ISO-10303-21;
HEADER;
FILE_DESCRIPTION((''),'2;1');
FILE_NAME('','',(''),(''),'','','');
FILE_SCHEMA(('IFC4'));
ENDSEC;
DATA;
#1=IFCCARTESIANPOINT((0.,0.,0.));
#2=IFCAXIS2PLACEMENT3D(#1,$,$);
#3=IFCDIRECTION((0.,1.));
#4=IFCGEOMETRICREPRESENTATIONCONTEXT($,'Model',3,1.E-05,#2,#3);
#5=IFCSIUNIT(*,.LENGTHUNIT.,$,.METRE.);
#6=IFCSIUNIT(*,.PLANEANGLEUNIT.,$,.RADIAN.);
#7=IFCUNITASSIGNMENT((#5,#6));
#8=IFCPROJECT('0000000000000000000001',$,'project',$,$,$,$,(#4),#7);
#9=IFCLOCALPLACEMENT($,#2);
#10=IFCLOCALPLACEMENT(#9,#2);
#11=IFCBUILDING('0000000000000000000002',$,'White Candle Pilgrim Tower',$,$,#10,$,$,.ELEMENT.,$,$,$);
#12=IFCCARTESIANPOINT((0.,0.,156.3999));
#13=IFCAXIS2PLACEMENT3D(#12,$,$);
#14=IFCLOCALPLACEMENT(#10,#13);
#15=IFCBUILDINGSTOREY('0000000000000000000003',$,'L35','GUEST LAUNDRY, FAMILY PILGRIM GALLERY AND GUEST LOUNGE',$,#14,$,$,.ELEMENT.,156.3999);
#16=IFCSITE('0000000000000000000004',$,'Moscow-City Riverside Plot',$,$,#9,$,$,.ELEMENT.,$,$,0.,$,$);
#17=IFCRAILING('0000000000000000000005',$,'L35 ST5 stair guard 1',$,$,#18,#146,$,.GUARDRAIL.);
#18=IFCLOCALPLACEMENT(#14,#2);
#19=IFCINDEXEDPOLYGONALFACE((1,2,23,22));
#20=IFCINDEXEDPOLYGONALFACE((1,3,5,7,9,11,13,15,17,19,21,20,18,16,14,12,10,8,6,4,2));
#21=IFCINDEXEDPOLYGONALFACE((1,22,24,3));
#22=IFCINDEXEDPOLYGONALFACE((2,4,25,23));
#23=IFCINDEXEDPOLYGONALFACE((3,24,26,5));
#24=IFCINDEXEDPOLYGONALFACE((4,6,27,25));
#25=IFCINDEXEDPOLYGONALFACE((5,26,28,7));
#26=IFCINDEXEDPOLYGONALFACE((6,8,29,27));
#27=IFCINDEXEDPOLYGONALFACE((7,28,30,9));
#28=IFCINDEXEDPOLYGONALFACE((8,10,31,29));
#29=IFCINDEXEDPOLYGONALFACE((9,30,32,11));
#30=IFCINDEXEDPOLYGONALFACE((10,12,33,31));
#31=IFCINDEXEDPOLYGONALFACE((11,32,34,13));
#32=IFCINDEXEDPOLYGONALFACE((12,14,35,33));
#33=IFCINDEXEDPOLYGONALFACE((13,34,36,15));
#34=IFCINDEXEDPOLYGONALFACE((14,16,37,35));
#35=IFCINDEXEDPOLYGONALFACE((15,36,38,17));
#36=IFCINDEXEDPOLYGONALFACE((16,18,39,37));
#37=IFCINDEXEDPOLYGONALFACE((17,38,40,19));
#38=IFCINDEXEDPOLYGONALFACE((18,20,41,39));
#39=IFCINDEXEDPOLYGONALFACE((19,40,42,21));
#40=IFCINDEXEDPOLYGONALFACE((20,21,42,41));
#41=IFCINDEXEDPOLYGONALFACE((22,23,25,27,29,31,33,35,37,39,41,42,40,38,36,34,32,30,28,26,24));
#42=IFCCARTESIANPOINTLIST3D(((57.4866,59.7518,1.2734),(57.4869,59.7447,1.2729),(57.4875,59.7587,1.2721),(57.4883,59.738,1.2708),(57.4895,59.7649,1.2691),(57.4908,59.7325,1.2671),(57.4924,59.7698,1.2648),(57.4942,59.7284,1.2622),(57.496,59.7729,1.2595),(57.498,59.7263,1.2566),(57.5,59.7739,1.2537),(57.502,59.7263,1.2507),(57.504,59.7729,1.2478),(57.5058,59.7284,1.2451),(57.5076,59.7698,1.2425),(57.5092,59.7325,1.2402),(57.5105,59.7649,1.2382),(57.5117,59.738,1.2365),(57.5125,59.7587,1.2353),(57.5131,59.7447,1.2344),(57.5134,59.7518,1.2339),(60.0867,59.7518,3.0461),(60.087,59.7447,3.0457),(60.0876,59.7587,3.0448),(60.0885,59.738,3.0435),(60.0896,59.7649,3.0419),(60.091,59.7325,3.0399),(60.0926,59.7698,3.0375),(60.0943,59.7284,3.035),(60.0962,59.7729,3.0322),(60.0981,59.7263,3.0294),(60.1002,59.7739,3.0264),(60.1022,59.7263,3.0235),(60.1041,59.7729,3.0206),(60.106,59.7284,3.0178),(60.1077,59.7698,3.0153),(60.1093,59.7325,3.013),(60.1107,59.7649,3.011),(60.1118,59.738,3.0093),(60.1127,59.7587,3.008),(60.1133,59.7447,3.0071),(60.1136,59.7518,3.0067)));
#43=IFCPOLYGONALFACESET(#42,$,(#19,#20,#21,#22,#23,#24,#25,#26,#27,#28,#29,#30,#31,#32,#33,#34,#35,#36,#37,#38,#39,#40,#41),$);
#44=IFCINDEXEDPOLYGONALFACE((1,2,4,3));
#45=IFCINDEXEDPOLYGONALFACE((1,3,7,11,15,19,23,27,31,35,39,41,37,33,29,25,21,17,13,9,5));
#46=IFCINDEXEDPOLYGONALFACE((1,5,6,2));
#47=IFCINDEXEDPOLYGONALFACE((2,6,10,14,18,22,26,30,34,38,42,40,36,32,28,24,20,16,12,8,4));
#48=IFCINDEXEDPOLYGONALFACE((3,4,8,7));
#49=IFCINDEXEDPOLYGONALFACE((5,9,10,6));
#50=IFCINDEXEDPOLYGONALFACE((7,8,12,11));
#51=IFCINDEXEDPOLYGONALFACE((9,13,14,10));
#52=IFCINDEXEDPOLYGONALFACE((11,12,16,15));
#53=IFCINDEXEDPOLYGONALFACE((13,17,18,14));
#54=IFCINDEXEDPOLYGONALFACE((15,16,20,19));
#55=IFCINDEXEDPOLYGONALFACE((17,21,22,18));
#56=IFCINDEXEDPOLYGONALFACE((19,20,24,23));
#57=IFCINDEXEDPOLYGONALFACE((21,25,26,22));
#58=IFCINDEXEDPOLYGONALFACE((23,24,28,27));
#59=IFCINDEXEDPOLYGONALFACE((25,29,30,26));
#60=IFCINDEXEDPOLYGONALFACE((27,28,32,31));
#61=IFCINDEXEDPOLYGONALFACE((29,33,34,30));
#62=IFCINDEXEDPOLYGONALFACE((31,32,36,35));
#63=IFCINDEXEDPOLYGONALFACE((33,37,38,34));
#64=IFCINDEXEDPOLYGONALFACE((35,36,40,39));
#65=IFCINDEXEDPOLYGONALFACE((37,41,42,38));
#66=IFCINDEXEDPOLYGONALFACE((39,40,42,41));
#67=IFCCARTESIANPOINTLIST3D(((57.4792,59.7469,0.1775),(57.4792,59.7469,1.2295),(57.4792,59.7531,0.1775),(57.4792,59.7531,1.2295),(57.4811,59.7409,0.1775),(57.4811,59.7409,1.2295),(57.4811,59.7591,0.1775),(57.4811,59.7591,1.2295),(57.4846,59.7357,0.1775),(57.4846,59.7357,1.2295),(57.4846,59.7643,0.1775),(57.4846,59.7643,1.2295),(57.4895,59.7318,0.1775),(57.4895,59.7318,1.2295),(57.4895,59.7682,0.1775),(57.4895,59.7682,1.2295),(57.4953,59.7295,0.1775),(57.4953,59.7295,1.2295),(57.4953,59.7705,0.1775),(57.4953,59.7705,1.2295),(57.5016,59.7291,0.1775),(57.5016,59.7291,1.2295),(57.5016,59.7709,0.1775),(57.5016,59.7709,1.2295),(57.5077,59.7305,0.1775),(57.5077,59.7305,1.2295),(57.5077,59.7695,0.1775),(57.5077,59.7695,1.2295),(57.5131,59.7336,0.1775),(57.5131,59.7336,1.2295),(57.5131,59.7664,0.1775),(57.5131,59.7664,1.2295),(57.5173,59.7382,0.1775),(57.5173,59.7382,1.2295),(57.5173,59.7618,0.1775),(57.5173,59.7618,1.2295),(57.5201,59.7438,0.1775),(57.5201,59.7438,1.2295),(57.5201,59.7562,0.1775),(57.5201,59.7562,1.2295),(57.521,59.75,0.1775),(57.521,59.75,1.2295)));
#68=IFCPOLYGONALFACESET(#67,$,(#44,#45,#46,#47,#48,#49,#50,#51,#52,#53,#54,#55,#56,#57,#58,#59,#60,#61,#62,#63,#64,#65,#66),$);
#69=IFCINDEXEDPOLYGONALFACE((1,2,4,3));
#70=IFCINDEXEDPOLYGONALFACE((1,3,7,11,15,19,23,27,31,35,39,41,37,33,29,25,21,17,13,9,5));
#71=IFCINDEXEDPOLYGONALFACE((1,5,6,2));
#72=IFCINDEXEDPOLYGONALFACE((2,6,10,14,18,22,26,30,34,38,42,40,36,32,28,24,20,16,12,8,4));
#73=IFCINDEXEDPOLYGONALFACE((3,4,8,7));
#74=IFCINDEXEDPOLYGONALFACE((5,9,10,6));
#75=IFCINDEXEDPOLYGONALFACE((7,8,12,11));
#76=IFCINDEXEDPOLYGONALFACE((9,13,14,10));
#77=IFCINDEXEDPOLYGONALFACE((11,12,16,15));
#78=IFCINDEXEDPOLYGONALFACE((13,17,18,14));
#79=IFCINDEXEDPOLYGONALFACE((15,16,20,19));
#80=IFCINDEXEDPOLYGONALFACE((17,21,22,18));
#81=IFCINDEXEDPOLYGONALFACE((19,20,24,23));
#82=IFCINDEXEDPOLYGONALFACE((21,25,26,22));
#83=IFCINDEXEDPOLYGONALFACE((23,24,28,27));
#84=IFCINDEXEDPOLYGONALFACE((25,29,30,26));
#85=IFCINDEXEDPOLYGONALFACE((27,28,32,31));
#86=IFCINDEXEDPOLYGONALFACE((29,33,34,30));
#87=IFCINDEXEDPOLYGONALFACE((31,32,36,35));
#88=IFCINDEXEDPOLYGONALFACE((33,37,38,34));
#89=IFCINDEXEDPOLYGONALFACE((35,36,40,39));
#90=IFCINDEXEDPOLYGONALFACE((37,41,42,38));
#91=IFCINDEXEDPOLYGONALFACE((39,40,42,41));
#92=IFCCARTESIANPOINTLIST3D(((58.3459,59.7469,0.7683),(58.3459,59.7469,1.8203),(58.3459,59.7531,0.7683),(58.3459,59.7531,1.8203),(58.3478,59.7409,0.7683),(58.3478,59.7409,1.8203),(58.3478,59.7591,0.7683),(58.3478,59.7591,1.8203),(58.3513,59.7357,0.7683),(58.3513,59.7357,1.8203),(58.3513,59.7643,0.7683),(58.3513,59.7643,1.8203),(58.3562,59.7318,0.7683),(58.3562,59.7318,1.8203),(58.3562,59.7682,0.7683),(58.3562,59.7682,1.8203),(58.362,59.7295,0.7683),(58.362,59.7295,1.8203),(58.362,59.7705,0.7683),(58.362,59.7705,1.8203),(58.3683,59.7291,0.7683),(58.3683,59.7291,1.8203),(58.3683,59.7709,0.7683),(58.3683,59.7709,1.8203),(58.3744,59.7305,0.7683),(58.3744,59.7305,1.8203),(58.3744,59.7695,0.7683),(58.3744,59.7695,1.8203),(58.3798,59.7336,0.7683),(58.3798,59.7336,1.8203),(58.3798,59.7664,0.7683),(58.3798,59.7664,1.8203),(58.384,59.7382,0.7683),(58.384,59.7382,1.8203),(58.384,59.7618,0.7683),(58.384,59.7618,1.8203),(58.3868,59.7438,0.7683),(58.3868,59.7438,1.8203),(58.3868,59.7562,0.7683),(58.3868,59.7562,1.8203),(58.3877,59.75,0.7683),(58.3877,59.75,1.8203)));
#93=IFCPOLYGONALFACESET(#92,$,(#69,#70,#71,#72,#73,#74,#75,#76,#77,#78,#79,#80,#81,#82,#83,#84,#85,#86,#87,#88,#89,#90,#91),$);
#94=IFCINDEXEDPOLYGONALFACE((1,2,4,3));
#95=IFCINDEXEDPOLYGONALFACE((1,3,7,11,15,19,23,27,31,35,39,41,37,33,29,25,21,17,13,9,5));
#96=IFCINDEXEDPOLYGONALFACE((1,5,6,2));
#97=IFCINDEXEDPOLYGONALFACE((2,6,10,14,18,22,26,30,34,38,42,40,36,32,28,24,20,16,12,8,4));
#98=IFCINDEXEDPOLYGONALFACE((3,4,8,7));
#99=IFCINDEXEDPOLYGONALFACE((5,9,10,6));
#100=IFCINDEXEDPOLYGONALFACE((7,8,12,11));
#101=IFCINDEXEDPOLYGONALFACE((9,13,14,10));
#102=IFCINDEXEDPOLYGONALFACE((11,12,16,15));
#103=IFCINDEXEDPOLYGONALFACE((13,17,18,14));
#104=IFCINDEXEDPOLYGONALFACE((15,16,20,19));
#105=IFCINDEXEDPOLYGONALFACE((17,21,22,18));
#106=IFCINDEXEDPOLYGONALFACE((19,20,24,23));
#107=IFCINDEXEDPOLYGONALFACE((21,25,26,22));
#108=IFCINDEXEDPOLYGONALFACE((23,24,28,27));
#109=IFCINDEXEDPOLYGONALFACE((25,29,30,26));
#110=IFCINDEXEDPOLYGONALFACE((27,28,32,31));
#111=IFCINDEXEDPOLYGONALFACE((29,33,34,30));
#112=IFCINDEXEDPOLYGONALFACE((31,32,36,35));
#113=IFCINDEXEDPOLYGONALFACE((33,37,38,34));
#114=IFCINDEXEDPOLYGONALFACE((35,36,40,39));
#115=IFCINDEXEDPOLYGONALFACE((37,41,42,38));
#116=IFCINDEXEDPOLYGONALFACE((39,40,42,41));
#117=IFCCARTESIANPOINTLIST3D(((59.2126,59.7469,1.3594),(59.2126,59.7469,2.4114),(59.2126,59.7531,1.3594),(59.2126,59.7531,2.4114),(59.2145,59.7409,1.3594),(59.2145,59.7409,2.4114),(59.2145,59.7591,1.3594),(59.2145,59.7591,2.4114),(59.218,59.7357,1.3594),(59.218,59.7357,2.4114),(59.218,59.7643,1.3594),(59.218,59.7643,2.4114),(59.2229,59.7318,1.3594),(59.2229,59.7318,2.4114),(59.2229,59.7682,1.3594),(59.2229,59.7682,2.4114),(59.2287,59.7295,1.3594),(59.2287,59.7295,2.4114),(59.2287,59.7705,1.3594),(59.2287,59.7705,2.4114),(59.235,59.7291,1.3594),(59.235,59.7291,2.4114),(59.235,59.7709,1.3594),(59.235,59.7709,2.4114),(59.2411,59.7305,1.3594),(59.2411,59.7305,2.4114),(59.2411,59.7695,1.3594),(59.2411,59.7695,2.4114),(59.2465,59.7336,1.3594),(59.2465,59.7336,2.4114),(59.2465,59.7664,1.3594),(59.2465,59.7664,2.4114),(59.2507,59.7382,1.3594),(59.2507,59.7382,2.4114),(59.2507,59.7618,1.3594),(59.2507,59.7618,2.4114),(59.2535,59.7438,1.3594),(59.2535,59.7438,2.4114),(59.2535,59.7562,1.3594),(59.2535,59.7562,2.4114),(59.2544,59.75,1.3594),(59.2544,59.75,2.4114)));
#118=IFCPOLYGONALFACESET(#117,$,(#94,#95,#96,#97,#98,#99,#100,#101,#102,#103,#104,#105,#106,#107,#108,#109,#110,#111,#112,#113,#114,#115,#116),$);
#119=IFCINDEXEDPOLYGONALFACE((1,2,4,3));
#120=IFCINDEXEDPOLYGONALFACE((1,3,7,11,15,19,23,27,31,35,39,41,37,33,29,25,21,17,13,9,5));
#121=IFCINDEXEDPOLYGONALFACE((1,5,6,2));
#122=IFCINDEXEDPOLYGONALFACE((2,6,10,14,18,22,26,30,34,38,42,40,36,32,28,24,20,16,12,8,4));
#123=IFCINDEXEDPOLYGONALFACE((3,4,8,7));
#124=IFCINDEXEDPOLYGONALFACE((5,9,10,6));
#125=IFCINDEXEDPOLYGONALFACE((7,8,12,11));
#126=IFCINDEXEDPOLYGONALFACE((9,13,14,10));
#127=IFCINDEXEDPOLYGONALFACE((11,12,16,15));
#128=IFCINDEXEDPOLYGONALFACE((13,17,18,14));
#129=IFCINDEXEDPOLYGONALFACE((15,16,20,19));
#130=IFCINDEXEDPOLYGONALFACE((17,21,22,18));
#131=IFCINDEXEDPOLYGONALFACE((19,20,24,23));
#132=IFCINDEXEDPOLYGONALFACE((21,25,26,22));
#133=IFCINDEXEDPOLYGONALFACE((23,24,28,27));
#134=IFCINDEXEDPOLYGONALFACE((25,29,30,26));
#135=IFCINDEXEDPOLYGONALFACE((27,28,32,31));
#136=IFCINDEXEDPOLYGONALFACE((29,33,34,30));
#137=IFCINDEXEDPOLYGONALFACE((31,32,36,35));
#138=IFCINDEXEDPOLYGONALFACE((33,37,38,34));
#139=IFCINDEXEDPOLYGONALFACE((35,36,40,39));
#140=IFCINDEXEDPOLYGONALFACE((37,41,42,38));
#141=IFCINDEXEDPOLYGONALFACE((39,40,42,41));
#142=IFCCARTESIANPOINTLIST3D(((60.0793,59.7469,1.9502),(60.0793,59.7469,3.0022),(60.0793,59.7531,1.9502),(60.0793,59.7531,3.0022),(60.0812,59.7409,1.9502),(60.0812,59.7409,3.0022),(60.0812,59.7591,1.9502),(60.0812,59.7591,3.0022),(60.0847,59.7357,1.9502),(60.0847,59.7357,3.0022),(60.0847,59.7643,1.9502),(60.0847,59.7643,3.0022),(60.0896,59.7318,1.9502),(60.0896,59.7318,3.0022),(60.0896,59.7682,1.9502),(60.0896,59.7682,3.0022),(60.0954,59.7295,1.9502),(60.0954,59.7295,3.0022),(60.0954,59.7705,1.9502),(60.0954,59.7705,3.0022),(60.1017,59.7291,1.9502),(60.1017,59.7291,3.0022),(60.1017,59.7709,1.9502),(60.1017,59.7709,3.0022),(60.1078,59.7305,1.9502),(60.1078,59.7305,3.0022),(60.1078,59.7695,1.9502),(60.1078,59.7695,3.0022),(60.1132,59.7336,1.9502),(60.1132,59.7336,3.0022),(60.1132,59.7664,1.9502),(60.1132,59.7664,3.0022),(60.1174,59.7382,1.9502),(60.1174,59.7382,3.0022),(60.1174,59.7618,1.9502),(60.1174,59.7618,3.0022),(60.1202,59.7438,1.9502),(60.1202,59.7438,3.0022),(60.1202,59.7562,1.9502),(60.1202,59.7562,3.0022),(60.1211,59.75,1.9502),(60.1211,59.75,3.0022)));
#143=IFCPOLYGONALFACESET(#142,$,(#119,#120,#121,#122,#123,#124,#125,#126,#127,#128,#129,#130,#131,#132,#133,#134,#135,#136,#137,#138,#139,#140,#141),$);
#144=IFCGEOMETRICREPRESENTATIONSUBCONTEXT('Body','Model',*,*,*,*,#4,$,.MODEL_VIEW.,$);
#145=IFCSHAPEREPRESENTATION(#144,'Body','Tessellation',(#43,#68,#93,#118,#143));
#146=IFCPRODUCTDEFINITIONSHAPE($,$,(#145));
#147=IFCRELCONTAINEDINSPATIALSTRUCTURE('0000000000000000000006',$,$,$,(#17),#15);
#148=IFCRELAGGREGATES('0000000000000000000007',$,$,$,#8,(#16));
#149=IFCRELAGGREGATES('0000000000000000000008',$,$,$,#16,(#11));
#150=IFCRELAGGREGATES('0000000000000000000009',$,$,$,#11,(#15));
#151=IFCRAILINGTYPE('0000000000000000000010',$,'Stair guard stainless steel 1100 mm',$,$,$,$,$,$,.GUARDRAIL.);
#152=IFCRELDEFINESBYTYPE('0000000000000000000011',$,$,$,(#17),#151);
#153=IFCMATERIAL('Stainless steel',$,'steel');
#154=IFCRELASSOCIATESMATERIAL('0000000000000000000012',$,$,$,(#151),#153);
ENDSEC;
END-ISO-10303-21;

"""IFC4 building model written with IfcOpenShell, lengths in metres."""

from ifc_helpers import new_model, si_unit, direction, frame, origin, origin_2d, place, context, subcontext, project, spatial, circle, extrude, material, type_object, element, save


model = new_model("IFC4")

# Units and contexts
model_context = context("Model", 3, precision=1e-05, world=origin(), true_north=direction((0.0, 1.0)))
body_context = subcontext(model_context, "Body", "Model", "MODEL_VIEW")
ifc_project = project(units=[si_unit("LENGTHUNIT", "METRE"), si_unit("PLANEANGLEUNIT", "RADIAN")], contexts=[model_context])

# Site, building, storey
site_placement = place(None, origin())
site = spatial("IfcSite", under=ifc_project, at=site_placement, Name="Moscow-City Riverside Plot", CompositionType="ELEMENT", RefElevation=0.0)
building_placement = place(site_placement, origin())
building = spatial("IfcBuilding", under=site, at=building_placement, Name="White Candle Pilgrim Tower", CompositionType="ELEMENT")
storey_placement = place(building_placement, frame((0.0, 0.0, 156.3999)))
storey = spatial("IfcBuildingStorey", under=building, at=storey_placement, Name="L35", Description="GUEST LAUNDRY, FAMILY PILGRIM GALLERY AND GUEST LOUNGE", CompositionType="ELEMENT", Elevation=156.3999)

# Railing
ifc_material_1 = material(Name="Stainless steel", Category="steel")
railing_type_1 = type_object("IfcRailingType", Name="Stair guard stainless steel 1100 mm", PredefinedType="GUARDRAIL", material=ifc_material_1)
railing_1_placement = place(storey_placement, frame((57.5, 59.75, 0.1775)))
element("IfcRailing", 1, at=railing_1_placement, inside=storey, type_object=railing_type_1, Name="L35 ST5 stair guard 1", PredefinedType="GUARDRAIL", context=body_context, shape_type="SweptSolid", body=[
    extrude(circle(Radius=0.0239, at=origin_2d()), frame((0.0, 0.0, 1.0762), z_axis=(0.82624, 0.0, 0.563318), x_axis=(0.0, 1.0, 0.0)), (0.0, 0.0, 1.0), 3.147),
    extrude(circle(Radius=0.021, at=origin_2d()), origin(), (0.0, 0.0, 1.0), 1.052),
    extrude(circle(Radius=0.021, at=origin_2d()), frame((0.8667, 0.0, 0.5908)), (0.0, 0.0, 1.0), 1.052),
    extrude(circle(Radius=0.021, at=origin_2d()), frame((1.7334, 0.0, 1.1819)), (0.0, 0.0, 1.0), 1.052),
    extrude(circle(Radius=0.021, at=origin_2d()), frame((2.6001, 0.0, 1.7727)), (0.0, 0.0, 1.0), 1.052),
])

save(model, "model.ifc")
